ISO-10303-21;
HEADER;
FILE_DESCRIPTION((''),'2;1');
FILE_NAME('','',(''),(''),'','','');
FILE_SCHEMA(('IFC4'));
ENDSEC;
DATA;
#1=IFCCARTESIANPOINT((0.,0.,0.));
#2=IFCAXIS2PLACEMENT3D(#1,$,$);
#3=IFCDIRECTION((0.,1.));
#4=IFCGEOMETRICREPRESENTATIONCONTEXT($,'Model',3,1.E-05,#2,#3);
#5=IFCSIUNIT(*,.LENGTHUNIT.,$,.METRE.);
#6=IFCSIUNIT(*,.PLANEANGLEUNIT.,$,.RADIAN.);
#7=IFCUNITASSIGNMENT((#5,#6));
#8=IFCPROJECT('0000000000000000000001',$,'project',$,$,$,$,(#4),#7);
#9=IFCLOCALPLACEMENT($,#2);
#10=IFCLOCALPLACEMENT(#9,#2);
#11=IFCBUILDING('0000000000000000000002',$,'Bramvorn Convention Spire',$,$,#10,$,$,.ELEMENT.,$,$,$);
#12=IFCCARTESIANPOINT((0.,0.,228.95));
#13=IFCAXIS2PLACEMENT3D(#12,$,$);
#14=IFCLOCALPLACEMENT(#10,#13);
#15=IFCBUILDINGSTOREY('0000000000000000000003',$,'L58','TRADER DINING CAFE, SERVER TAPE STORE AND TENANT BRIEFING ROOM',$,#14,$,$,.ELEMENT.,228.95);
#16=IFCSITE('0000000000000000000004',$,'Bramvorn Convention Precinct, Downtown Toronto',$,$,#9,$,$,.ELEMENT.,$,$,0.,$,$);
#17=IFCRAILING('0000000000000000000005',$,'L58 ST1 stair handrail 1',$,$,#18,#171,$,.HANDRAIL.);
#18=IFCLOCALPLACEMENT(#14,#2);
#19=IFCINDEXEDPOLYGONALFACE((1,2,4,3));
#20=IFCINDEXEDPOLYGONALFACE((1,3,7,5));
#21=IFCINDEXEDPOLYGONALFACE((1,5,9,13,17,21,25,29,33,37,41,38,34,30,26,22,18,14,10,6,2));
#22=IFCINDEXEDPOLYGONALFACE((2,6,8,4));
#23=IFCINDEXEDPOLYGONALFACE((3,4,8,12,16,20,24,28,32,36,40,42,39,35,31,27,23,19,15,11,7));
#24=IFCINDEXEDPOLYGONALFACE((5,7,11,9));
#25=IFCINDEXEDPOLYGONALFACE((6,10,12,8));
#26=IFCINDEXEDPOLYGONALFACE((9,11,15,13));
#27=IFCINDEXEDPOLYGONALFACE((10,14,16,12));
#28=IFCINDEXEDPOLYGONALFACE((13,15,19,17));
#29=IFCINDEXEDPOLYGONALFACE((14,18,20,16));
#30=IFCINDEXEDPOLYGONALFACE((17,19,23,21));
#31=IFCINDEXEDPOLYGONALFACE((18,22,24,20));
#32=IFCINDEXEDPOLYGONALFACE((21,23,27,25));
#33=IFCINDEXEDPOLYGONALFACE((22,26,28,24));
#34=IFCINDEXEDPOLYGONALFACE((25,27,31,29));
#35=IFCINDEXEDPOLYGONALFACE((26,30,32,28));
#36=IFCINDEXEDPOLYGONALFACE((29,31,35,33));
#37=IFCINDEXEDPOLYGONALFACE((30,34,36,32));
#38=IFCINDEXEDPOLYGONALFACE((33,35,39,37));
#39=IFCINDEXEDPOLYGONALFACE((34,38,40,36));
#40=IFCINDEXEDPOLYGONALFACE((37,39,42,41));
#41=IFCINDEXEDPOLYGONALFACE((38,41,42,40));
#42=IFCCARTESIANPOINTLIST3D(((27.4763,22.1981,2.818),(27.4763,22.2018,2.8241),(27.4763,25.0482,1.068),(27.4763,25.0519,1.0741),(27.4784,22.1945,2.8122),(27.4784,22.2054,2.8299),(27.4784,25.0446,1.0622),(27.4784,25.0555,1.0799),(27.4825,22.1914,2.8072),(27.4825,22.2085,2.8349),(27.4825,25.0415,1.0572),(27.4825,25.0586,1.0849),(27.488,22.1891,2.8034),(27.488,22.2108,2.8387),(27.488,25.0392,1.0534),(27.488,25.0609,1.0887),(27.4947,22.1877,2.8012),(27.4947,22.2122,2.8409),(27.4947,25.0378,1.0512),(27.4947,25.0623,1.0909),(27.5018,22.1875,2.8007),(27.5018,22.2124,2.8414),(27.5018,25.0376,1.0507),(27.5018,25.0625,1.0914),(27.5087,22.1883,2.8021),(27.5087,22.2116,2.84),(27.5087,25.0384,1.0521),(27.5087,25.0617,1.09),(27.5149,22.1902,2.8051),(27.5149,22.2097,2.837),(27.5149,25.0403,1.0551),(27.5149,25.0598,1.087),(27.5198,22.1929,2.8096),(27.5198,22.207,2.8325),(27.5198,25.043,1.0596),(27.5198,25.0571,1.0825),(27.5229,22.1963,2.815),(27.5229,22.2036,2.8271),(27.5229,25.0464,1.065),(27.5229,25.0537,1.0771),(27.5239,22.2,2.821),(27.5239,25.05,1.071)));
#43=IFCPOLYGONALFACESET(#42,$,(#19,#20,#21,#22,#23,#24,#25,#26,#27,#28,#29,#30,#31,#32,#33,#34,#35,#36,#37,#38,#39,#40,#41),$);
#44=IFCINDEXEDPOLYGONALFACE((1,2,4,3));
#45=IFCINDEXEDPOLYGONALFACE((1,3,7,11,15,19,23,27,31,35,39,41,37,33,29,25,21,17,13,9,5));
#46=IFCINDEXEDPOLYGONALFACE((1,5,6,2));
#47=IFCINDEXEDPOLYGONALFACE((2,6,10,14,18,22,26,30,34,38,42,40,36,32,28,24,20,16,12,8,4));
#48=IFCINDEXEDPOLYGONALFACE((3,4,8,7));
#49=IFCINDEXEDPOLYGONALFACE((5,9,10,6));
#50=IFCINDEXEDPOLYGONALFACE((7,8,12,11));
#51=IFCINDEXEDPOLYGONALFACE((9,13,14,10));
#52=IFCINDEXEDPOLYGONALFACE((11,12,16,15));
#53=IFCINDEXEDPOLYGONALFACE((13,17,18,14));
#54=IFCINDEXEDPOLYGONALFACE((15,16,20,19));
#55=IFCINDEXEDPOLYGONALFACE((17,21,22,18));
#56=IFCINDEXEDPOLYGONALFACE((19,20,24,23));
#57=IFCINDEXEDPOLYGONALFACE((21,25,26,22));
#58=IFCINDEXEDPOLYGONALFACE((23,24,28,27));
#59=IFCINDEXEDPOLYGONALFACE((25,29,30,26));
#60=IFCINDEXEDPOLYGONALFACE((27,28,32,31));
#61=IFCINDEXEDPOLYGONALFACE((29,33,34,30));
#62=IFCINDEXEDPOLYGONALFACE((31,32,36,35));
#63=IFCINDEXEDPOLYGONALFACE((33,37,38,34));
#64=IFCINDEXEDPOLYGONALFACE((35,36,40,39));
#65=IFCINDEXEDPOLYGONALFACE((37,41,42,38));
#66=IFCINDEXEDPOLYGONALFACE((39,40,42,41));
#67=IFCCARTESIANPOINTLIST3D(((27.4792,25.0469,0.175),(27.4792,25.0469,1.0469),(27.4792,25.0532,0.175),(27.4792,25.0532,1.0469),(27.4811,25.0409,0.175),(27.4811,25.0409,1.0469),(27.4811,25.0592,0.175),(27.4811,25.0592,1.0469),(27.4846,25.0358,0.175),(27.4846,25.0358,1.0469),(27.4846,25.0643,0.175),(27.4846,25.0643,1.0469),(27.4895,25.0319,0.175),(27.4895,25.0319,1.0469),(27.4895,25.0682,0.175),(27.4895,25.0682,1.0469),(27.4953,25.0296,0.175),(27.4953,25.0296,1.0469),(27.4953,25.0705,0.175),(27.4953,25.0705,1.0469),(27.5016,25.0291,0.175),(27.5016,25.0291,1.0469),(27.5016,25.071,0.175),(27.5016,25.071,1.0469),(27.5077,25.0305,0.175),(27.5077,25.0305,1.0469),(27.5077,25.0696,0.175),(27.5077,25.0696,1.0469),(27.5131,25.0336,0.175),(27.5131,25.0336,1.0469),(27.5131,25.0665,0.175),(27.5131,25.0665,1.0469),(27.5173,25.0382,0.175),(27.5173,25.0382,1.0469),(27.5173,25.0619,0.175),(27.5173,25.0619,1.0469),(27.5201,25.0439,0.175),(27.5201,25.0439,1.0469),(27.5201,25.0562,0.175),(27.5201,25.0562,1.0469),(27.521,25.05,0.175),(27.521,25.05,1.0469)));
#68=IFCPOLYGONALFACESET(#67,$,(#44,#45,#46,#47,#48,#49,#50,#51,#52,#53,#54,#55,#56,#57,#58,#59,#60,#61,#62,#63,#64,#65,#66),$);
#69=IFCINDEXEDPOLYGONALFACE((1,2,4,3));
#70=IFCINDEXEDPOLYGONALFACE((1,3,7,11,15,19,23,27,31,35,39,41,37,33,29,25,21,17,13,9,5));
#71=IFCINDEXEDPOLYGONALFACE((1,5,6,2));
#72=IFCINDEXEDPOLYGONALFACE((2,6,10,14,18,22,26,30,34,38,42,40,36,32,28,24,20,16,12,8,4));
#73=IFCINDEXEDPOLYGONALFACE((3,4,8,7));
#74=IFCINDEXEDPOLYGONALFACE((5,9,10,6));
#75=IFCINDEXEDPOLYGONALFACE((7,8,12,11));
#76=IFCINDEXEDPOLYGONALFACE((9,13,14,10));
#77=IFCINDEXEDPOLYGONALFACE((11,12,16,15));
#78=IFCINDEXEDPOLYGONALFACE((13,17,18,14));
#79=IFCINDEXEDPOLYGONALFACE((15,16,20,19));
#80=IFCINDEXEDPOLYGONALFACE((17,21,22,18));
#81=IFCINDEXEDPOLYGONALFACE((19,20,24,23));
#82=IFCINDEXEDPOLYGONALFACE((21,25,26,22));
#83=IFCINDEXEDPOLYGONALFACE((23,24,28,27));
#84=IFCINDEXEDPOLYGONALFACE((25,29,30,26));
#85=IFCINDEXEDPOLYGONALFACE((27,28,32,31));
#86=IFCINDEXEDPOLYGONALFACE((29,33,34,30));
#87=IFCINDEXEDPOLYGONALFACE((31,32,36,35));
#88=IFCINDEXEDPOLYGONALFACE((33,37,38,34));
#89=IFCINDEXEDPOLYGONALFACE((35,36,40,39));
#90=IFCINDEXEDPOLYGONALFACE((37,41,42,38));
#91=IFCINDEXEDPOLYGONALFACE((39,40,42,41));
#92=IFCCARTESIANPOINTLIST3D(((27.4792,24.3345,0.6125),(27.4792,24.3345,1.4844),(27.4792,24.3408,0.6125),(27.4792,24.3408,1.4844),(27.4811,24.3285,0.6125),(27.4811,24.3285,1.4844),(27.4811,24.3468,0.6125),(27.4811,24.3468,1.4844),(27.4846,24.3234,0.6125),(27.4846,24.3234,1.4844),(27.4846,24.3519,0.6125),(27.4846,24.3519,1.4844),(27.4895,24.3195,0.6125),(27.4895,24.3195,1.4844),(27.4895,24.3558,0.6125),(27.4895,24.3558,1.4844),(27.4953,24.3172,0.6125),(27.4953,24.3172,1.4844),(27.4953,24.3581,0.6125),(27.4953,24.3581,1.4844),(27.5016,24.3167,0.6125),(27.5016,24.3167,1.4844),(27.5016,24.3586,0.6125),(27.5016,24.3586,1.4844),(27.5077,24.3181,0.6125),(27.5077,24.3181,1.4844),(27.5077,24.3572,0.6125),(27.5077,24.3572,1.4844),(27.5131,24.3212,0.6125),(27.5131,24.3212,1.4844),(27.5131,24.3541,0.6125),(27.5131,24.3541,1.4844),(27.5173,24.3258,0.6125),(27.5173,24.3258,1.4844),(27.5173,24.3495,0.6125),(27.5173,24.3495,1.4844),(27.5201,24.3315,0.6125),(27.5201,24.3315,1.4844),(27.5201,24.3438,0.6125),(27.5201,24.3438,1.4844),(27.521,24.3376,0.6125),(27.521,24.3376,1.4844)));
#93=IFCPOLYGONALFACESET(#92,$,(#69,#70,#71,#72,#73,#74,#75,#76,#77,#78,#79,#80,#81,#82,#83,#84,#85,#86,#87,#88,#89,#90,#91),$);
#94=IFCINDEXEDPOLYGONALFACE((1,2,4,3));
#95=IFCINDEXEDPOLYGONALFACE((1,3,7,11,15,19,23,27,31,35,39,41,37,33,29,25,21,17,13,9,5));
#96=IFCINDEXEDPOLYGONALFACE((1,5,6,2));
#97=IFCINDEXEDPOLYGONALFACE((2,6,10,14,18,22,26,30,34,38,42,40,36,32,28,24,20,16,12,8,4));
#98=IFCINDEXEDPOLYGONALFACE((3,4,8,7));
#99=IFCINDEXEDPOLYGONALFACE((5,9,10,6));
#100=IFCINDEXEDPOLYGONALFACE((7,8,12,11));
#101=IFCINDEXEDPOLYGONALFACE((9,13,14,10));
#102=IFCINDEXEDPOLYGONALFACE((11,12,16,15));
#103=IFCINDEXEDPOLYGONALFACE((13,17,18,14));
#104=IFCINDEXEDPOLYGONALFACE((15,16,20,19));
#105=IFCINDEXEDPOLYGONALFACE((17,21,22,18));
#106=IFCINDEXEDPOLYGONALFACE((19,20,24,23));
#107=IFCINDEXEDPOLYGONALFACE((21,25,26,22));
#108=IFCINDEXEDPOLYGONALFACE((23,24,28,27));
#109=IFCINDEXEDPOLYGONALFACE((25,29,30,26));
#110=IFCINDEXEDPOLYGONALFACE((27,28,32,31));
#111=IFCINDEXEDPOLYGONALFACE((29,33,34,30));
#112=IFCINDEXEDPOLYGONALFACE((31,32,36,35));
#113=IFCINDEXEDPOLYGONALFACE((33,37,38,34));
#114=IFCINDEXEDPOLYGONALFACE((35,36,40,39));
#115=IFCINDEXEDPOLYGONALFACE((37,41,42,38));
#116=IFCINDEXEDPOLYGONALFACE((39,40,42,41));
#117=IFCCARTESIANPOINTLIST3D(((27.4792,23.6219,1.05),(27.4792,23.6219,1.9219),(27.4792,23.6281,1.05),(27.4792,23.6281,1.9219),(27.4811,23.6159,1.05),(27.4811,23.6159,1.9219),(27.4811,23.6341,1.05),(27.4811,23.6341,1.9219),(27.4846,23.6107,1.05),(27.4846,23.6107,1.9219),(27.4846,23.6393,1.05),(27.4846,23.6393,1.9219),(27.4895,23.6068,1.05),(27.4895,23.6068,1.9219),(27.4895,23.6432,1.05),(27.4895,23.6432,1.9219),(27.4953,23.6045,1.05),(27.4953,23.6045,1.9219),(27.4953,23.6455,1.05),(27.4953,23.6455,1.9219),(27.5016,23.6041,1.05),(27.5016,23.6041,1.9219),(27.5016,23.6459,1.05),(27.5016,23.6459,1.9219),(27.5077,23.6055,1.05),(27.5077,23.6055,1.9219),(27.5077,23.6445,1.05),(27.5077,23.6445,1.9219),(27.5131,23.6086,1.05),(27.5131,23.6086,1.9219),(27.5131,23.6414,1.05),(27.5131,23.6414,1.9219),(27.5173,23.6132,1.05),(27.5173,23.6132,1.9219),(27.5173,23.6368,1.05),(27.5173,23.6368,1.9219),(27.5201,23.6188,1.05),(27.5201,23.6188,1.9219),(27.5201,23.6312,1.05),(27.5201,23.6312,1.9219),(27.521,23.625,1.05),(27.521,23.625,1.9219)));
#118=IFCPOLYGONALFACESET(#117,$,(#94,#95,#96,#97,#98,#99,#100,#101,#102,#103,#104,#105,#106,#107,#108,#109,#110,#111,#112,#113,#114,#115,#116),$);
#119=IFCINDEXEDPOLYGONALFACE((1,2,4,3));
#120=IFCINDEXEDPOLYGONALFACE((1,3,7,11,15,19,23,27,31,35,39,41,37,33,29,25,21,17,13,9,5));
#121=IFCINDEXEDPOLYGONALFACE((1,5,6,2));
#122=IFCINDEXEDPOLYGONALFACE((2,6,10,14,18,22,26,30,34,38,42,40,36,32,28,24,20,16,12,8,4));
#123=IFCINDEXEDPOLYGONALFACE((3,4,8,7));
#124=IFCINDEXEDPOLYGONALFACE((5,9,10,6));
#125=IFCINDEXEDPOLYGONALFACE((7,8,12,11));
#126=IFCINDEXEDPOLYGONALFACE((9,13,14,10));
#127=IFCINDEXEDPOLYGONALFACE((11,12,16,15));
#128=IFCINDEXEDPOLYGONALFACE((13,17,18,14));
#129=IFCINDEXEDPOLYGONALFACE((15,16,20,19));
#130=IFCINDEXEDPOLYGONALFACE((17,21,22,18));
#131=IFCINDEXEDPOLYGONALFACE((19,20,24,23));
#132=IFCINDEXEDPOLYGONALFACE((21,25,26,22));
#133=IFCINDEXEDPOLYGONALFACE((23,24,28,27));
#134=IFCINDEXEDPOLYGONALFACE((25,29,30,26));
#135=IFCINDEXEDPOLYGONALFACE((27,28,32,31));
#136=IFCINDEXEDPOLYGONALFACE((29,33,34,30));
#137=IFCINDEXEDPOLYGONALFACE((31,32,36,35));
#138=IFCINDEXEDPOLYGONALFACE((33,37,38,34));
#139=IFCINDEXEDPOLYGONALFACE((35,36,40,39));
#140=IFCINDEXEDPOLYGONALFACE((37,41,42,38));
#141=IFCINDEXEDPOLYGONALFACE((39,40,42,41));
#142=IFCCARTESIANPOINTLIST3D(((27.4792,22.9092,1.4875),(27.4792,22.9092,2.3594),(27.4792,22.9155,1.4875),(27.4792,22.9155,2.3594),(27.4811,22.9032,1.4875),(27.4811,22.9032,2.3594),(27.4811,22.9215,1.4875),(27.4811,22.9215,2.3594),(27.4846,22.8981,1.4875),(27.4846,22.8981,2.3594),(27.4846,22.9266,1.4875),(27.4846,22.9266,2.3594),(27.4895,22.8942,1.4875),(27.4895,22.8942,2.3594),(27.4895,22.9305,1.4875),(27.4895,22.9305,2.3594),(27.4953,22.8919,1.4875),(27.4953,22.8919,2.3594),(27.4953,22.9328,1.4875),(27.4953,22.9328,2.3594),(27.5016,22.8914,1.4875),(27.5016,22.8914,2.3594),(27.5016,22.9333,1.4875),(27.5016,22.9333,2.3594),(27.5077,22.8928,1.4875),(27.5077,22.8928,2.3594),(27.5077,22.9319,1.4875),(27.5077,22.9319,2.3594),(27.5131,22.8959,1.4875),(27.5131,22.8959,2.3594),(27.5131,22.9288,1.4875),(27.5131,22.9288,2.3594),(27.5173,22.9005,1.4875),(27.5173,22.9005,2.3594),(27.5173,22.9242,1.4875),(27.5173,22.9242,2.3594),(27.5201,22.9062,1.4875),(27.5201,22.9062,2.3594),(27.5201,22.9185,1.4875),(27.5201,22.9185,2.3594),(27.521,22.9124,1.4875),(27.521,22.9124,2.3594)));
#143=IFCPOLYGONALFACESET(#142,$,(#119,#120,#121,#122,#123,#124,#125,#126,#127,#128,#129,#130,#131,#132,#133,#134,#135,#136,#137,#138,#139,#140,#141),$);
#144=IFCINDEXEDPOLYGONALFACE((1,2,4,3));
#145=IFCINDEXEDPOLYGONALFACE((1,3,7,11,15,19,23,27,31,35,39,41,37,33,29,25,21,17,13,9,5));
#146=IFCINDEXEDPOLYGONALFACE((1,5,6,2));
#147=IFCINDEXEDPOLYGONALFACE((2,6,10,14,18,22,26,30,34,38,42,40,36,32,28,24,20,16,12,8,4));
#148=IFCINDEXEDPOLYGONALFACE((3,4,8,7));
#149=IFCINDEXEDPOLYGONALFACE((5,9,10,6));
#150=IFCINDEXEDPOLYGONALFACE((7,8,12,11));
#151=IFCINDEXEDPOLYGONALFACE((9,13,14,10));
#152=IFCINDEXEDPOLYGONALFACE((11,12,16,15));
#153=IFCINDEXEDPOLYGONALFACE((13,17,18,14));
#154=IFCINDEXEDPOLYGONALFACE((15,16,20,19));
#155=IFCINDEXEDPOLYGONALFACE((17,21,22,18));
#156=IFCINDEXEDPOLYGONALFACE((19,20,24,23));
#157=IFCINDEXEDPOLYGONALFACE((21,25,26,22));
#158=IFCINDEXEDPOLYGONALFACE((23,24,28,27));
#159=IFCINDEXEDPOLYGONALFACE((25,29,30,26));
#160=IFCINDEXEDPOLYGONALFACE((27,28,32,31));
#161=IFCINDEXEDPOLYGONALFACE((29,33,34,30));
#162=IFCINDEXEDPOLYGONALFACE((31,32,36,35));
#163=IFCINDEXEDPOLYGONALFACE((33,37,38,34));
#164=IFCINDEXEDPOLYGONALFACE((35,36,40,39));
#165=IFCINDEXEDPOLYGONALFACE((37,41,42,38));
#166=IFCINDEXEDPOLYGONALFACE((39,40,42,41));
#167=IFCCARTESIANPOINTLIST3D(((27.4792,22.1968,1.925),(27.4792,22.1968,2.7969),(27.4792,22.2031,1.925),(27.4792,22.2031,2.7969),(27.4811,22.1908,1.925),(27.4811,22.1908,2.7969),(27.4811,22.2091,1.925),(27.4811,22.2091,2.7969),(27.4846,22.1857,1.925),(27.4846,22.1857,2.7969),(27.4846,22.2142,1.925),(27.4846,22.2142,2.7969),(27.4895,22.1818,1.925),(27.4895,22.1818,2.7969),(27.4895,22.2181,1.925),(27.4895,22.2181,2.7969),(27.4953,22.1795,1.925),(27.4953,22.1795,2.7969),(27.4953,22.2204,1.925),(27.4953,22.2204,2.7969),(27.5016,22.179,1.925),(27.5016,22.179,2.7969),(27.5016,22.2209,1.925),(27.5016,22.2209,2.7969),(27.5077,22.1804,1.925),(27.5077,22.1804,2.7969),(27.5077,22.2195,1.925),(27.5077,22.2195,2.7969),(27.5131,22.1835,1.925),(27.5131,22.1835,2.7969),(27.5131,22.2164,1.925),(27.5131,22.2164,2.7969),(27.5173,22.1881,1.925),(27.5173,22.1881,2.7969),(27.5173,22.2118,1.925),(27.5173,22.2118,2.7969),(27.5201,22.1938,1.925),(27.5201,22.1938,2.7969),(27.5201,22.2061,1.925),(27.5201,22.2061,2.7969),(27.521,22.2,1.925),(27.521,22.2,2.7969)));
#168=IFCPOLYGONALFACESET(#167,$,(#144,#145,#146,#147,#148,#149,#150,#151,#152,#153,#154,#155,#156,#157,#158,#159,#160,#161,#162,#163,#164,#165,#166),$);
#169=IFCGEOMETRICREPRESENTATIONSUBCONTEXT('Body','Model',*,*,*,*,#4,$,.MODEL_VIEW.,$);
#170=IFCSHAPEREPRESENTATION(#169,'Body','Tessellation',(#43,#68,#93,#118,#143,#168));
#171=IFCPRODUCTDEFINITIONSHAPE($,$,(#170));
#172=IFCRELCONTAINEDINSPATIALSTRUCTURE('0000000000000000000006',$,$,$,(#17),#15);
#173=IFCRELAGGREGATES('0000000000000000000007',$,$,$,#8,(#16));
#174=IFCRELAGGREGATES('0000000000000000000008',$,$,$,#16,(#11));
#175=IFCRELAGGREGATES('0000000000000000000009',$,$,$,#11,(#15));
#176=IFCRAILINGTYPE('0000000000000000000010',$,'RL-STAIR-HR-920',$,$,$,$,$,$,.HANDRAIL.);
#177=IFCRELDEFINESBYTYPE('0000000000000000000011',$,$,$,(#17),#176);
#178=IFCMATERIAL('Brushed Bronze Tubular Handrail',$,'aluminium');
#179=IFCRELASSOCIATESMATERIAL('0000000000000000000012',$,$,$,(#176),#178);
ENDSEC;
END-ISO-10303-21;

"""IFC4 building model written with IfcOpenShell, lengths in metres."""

from ifc_helpers import new_model, si_unit, direction, frame, origin, origin_2d, place, context, subcontext, project, spatial, circle, extrude, material, type_object, element, save


model = new_model("IFC4")

# Units and contexts
model_context = context("Model", 3, precision=1e-05, world=origin(), true_north=direction((0.0, 1.0)))
body_context = subcontext(model_context, "Body", "Model", "MODEL_VIEW")
ifc_project = project(units=[si_unit("LENGTHUNIT", "METRE"), si_unit("PLANEANGLEUNIT", "RADIAN")], contexts=[model_context])

# Site, building, storey
site_placement = place(None, origin())
site = spatial("IfcSite", under=ifc_project, at=site_placement, Name="Bramvorn Convention Precinct, Downtown Toronto", CompositionType="ELEMENT", RefElevation=0.0)
building_placement = place(site_placement, origin())
building = spatial("IfcBuilding", under=site, at=building_placement, Name="Bramvorn Convention Spire", CompositionType="ELEMENT")
storey_placement = place(building_placement, frame((0.0, 0.0, 228.95)))
storey = spatial("IfcBuildingStorey", under=building, at=storey_placement, Name="L58", Description="TRADER DINING CAFE, SERVER TAPE STORE AND TENANT BRIEFING ROOM", CompositionType="ELEMENT", Elevation=228.95)

# Railing
ifc_material_1 = material(Name="Brushed Bronze Tubular Handrail", Category="aluminium")
railing_type_1 = type_object("IfcRailingType", Name="RL-STAIR-HR-920", PredefinedType="HANDRAIL", material=ifc_material_1)
railing_1_placement = place(storey_placement, frame((27.5, 25.05, 0.175)))
element("IfcRailing", 1, at=railing_1_placement, inside=storey, type_object=railing_type_1, Name="L58 ST1 stair handrail 1", PredefinedType="HANDRAIL", context=body_context, shape_type="SweptSolid", body=[
    extrude(circle(Radius=0.0239, at=origin_2d()), frame((0.0, 0.0, 0.896), z_axis=(0.0, -0.852179, 0.52325), x_axis=(1.0, 0.0, 0.0)), (0.0, 0.0, 1.0), 3.3445),
    extrude(circle(Radius=0.021, at=origin_2d()), origin(), (0.0, 0.0, 1.0), 0.8718),
    extrude(circle(Radius=0.021, at=origin_2d()), frame((0.0, -0.7124, 0.4375)), (0.0, 0.0, 1.0), 0.8718),
    extrude(circle(Radius=0.021, at=origin_2d()), frame((0.0, -1.425, 0.875)), (0.0, 0.0, 1.0), 0.8718),
    extrude(circle(Radius=0.021, at=origin_2d()), frame((0.0, -2.1377, 1.3125)), (0.0, 0.0, 1.0), 0.8718),
    extrude(circle(Radius=0.021, at=origin_2d()), frame((0.0, -2.8501, 1.75)), (0.0, 0.0, 1.0), 0.8718),
])

save(model, "model.ifc")
